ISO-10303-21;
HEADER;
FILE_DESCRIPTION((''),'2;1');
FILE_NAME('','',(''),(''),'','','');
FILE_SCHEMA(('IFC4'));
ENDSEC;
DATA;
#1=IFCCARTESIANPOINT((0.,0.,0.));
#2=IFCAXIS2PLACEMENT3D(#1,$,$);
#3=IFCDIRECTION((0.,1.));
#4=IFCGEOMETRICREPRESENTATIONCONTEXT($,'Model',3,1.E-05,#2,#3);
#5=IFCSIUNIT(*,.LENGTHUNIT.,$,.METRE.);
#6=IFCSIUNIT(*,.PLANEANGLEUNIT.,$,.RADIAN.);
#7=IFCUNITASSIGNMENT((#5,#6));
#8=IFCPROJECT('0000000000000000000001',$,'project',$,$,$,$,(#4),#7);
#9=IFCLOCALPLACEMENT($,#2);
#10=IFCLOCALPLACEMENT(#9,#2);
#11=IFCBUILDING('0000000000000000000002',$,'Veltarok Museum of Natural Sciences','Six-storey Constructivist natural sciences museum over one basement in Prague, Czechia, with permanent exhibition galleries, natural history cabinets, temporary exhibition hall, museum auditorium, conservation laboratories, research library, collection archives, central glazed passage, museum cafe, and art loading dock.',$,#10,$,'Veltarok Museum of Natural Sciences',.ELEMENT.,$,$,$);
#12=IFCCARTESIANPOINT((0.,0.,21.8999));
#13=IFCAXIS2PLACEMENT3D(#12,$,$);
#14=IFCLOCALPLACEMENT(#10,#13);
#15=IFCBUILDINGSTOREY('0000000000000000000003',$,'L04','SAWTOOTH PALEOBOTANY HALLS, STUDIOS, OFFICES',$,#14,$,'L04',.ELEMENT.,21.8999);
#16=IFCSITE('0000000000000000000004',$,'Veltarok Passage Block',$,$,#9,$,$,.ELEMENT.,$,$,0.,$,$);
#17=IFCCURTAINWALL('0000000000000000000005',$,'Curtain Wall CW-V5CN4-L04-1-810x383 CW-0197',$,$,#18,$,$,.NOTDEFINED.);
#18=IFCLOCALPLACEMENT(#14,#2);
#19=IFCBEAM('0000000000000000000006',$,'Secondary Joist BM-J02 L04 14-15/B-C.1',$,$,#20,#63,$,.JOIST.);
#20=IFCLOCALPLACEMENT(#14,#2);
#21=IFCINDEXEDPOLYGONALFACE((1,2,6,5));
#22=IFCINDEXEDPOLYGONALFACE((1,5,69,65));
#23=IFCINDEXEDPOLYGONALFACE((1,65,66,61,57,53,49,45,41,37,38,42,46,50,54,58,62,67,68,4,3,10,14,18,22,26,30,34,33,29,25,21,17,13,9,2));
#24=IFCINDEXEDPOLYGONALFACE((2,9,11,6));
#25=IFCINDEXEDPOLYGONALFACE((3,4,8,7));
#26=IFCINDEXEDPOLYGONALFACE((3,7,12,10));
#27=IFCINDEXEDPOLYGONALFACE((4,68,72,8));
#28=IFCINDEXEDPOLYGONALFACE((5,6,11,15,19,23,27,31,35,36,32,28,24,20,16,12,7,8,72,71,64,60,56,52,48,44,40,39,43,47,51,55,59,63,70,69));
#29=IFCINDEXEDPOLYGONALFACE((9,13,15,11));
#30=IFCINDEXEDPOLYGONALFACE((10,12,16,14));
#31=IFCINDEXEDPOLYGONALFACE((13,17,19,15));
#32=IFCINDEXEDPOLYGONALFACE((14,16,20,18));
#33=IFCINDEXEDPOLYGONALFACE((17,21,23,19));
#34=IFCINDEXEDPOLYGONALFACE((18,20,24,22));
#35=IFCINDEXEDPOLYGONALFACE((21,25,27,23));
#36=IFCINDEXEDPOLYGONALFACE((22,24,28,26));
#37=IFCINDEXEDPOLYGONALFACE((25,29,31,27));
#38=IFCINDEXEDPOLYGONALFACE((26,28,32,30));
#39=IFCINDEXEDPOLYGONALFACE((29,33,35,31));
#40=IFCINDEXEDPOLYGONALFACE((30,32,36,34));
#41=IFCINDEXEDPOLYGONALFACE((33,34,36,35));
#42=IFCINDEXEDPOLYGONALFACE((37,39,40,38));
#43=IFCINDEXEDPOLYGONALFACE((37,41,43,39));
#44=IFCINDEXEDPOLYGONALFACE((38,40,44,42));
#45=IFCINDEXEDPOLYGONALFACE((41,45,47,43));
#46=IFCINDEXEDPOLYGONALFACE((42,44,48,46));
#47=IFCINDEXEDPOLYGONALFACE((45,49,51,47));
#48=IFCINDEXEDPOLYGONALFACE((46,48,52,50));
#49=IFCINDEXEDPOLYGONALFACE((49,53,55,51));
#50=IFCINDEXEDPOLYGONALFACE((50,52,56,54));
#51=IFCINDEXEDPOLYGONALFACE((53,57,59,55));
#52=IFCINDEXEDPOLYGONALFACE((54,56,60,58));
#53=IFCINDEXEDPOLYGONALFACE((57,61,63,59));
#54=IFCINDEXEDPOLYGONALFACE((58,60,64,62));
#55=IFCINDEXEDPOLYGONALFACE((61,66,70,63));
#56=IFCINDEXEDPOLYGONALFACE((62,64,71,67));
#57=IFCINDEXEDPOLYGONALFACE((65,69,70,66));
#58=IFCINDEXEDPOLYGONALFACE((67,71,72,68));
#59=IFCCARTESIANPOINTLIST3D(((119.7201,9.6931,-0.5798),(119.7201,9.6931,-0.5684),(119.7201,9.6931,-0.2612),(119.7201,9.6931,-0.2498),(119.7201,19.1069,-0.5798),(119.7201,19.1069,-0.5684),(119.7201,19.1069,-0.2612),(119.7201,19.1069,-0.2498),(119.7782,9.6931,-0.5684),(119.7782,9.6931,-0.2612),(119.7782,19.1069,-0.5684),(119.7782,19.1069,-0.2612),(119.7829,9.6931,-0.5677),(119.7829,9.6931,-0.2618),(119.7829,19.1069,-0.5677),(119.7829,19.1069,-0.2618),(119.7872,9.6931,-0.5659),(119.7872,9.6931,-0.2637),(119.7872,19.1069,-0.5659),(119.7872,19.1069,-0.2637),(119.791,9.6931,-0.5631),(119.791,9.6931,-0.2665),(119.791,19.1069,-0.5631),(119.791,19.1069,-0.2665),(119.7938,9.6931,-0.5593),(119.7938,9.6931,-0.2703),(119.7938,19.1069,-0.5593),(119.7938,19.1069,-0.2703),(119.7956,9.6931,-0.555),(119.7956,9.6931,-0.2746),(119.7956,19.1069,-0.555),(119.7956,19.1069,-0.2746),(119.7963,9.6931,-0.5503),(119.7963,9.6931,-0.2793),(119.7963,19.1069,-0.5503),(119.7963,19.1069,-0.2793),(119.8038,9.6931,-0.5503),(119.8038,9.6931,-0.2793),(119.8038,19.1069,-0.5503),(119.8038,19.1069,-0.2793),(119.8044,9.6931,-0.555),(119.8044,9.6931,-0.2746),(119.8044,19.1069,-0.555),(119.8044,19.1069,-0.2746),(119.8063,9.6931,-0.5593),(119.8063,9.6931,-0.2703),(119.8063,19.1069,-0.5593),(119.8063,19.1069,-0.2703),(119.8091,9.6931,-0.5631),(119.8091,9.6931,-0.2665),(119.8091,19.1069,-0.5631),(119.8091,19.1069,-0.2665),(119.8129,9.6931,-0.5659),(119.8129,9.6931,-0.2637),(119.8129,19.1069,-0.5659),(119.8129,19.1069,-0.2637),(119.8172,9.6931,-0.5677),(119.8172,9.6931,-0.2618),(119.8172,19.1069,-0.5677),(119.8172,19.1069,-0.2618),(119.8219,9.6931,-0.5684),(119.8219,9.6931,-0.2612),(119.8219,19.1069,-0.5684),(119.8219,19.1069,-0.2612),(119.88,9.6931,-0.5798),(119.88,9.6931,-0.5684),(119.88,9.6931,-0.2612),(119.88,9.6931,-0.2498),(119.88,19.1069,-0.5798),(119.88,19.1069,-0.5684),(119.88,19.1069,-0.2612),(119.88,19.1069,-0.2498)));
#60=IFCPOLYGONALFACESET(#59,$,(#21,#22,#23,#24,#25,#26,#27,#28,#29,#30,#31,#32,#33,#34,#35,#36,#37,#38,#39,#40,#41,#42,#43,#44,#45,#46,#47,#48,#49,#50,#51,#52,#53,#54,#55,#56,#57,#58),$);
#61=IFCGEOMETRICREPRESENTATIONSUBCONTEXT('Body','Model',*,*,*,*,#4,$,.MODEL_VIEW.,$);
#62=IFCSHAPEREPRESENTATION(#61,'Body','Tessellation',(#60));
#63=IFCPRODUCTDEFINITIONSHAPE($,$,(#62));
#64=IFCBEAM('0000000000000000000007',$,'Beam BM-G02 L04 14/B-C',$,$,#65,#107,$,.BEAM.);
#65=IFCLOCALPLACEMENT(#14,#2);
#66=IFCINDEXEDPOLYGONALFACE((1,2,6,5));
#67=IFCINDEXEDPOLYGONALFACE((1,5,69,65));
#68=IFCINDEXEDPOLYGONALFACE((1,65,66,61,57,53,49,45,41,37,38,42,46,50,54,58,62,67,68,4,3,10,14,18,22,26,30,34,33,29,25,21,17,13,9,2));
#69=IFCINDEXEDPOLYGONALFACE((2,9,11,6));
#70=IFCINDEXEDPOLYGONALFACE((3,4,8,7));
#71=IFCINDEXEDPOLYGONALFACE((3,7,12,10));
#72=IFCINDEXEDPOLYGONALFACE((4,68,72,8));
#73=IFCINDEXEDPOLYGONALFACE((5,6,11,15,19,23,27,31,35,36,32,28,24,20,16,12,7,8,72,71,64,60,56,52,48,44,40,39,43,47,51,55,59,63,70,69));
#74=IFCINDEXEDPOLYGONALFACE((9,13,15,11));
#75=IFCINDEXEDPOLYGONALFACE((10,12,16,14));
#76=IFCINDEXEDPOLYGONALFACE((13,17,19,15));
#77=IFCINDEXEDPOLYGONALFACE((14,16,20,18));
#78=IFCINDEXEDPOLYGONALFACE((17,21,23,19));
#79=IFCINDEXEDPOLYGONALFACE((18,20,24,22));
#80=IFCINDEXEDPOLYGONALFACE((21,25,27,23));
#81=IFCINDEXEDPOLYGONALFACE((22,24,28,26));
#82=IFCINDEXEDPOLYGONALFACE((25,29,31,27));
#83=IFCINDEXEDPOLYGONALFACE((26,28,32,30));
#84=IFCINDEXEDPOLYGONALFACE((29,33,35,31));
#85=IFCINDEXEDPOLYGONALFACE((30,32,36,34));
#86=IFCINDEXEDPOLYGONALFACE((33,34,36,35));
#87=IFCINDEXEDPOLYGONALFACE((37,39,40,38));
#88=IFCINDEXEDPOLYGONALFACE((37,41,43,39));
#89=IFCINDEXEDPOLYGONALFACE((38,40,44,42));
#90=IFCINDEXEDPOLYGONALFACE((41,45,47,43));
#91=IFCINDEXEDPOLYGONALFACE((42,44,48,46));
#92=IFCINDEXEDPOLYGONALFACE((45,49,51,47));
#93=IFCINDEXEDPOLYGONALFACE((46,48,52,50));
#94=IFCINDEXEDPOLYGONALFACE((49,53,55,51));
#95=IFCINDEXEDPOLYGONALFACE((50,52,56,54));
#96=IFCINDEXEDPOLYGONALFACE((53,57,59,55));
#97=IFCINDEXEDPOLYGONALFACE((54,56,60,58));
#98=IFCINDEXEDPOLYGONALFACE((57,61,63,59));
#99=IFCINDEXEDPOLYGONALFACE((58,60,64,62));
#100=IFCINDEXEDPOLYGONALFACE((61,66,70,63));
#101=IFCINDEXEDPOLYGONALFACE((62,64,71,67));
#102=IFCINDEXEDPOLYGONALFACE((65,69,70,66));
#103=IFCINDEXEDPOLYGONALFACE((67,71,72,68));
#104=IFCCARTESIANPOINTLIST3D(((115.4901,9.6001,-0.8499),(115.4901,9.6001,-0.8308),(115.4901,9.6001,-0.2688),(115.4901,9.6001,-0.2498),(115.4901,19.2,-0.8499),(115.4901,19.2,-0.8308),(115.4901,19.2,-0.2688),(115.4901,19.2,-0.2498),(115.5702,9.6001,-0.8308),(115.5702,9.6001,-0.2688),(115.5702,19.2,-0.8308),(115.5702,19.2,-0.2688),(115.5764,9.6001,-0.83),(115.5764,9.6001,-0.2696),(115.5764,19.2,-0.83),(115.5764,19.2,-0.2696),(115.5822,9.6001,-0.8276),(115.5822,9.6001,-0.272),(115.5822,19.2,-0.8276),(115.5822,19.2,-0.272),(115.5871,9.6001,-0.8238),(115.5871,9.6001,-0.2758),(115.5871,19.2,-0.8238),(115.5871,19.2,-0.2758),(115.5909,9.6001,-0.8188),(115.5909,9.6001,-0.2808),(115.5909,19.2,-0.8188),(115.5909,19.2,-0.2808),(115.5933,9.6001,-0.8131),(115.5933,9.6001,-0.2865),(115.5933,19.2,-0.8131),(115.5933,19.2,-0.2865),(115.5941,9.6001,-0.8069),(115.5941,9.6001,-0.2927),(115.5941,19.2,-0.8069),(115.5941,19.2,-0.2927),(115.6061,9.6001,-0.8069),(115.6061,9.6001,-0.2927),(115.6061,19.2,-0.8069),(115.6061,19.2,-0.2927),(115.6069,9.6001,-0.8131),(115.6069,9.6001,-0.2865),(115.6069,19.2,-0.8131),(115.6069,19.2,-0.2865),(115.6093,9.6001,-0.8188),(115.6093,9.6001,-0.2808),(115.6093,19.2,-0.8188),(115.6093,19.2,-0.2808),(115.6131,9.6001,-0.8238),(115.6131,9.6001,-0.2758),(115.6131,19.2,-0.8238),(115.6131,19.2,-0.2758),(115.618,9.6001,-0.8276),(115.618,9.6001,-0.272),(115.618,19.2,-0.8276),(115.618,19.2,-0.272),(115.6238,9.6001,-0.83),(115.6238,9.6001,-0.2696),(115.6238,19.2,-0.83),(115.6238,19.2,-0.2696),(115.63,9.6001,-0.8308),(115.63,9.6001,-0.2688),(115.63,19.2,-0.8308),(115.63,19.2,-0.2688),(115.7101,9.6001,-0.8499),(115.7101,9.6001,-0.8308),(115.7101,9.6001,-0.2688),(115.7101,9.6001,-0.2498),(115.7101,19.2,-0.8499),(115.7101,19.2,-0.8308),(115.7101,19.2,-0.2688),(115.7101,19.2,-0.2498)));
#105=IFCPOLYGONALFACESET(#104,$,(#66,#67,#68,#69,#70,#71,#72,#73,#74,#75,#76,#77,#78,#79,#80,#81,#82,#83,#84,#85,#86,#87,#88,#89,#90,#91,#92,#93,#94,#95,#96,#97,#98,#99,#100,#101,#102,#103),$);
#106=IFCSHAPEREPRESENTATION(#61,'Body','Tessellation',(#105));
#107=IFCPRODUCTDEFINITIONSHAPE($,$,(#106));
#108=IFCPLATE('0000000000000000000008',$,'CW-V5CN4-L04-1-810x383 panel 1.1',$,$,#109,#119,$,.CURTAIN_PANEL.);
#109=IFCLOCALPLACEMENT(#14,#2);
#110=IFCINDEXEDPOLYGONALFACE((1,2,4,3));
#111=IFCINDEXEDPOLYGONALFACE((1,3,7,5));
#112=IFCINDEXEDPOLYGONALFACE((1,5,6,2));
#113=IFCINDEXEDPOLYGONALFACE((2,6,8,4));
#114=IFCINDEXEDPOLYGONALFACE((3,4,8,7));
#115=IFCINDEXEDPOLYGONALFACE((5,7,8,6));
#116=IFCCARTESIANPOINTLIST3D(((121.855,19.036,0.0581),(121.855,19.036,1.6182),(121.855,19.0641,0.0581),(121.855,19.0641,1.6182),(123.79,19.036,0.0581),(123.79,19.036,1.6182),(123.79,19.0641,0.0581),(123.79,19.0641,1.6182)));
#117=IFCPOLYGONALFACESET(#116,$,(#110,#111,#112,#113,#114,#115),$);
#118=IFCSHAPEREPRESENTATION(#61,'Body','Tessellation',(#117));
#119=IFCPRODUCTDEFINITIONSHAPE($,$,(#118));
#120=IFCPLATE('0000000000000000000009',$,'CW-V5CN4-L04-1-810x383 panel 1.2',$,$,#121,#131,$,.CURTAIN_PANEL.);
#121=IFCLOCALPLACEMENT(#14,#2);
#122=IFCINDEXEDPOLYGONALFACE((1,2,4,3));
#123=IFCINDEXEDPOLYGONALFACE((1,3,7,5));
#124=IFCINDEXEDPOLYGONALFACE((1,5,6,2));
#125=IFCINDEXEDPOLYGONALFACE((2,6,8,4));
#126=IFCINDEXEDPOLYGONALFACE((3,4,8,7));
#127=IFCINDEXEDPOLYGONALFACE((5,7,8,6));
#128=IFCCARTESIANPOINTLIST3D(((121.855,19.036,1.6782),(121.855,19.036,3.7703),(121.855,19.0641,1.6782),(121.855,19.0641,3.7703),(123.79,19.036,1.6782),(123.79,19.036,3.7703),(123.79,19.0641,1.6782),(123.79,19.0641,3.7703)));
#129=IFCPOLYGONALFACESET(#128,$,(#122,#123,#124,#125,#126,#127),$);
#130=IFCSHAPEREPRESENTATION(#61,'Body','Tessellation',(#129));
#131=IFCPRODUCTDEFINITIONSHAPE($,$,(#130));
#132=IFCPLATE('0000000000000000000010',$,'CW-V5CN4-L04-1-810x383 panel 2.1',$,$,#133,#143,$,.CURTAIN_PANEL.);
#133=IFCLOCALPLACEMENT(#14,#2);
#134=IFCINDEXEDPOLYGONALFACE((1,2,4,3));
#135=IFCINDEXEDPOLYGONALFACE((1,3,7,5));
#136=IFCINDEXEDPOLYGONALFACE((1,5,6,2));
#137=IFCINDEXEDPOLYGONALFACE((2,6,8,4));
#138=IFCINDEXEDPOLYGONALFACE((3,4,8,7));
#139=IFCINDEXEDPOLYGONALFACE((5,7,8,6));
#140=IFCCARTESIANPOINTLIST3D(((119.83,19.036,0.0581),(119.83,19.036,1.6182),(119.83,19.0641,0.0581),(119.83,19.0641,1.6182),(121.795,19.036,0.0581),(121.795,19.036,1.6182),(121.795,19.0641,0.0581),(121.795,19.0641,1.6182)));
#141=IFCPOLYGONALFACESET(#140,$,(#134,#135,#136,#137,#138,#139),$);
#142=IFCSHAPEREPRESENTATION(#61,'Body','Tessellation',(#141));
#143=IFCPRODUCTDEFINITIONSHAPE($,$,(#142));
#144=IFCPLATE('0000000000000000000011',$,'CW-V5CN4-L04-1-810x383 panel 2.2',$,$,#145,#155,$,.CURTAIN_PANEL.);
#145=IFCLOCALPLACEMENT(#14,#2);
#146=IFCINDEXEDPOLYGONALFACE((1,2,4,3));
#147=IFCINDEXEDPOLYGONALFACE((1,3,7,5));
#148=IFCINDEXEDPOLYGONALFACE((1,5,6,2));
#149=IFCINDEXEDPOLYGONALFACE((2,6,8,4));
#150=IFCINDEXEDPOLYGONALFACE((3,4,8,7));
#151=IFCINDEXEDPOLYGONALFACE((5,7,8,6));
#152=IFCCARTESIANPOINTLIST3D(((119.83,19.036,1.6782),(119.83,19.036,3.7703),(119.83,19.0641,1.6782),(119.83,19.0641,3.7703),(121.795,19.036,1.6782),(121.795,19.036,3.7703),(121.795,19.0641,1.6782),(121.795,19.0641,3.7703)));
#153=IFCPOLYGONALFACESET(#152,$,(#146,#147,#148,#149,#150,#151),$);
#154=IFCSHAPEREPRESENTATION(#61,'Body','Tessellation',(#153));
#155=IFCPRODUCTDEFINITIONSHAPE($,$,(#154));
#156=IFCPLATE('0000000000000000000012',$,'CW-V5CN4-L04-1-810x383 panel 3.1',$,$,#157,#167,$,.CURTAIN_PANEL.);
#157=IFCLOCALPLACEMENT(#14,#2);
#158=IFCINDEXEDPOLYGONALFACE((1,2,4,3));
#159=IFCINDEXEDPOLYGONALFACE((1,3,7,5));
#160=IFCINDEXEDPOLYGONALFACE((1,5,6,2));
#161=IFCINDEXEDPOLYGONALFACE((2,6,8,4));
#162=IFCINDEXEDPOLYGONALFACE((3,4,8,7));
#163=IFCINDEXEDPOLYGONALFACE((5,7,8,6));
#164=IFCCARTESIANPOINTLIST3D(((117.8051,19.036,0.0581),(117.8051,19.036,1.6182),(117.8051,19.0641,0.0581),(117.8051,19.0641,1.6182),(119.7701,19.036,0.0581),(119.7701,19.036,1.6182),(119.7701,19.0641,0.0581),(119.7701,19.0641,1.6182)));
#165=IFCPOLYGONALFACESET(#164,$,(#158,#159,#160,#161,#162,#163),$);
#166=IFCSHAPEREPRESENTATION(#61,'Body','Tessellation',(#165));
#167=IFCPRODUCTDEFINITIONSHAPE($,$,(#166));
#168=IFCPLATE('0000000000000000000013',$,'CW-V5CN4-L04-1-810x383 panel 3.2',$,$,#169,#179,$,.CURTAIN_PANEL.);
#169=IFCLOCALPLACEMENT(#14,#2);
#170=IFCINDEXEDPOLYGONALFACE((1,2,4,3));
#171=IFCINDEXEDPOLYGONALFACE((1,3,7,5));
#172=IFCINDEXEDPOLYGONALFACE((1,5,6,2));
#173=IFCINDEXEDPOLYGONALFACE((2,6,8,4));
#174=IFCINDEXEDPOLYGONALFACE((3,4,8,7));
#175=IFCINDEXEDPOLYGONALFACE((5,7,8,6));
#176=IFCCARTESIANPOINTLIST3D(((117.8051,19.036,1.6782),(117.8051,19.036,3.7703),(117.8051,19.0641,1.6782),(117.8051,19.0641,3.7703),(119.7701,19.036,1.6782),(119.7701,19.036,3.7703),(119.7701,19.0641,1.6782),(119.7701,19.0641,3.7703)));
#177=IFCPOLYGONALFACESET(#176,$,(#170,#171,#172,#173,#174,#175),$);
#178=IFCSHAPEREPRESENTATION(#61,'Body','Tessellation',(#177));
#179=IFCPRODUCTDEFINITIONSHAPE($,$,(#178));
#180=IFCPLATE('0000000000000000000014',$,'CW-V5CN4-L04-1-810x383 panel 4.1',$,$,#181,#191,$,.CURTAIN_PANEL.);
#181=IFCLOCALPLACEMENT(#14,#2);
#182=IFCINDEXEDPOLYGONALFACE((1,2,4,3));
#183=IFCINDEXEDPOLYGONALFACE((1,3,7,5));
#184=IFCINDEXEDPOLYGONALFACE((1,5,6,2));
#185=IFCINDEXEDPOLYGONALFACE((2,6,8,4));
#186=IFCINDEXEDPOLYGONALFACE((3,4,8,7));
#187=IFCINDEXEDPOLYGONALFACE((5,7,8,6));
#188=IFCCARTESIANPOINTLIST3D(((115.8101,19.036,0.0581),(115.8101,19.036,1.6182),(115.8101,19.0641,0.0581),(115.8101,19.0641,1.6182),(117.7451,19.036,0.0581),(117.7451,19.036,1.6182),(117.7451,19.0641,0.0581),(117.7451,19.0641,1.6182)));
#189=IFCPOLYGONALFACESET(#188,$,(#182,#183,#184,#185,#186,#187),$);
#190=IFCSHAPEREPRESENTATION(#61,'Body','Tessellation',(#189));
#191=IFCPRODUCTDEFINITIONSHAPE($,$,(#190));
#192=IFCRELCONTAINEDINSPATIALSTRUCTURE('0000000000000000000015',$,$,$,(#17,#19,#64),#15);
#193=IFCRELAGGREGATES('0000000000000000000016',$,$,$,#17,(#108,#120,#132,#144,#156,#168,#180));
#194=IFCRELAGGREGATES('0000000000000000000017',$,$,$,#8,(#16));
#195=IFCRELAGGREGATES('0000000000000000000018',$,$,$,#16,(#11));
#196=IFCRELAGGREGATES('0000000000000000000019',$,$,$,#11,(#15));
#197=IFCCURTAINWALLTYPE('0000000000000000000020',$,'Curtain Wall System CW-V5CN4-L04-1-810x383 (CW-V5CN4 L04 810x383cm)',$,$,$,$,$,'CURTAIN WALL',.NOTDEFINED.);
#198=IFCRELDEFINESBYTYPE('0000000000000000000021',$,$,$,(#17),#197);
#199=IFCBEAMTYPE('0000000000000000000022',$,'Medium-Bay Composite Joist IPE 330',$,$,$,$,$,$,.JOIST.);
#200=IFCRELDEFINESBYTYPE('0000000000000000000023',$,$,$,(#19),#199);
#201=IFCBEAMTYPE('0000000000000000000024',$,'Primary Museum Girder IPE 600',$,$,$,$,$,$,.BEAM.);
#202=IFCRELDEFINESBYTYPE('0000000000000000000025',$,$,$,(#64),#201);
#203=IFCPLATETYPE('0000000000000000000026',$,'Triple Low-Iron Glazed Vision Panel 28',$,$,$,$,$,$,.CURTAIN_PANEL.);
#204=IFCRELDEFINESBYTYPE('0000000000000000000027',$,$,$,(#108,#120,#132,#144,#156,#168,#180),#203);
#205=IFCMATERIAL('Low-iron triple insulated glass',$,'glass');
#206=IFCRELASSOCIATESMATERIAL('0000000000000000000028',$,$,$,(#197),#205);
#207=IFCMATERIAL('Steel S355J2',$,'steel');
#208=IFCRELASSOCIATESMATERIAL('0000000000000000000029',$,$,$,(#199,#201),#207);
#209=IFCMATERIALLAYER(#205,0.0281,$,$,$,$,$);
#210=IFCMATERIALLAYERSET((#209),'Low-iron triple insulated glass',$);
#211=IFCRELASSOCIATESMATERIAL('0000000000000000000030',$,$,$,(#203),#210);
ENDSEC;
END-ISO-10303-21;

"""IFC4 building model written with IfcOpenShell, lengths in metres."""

from ifc_helpers import new_model, si_unit, direction, frame, origin, origin_2d, place, context, subcontext, project, spatial, rectangle, i_section, extrude, material, layer, layer_set, material_profile, profile_set, type_object, element, aggregate, save


model = new_model("IFC4")

# Units and contexts
model_context = context("Model", 3, precision=1e-05, world=origin(), true_north=direction((0.0, 1.0)))
body_context = subcontext(model_context, "Body", "Model", "MODEL_VIEW")
ifc_project = project(units=[si_unit("LENGTHUNIT", "METRE"), si_unit("PLANEANGLEUNIT", "RADIAN")], contexts=[model_context])

# Site, building, storey
site_placement = place(None, origin())
site = spatial("IfcSite", under=ifc_project, at=site_placement, Name="Veltarok Passage Block", CompositionType="ELEMENT", RefElevation=0.0)
building_placement = place(site_placement, origin())
building = spatial("IfcBuilding", under=site, at=building_placement, Name="Veltarok Museum of Natural Sciences", Description="Six-storey Constructivist natural sciences museum over one basement in Prague, Czechia, with permanent exhibition galleries, natural history cabinets, temporary exhibition hall, museum auditorium, conservation laboratories, research library, collection archives, central glazed passage, museum cafe, and art loading dock.", LongName="Veltarok Museum of Natural Sciences", CompositionType="ELEMENT")
storey_placement = place(building_placement, frame((0.0, 0.0, 21.8999)))
storey = spatial("IfcBuildingStorey", under=building, at=storey_placement, Name="L04", Description="SAWTOOTH PALEOBOTANY HALLS, STUDIOS, OFFICES", LongName="L04", CompositionType="ELEMENT", Elevation=21.8999)

# Curtain wall
ifc_material_1 = material(Name="Low-iron triple insulated glass", Category="glass")
curtain_wall_type = type_object("IfcCurtainWallType", Name="Curtain Wall System CW-V5CN4-L04-1-810x383 (CW-V5CN4 L04 810x383cm)", ElementType="CURTAIN WALL", PredefinedType="NOTDEFINED", material=ifc_material_1)
curtain_wall_placement = place(storey_placement, origin())
curtain_wall = element("IfcCurtainWall", 1, at=curtain_wall_placement, inside=storey, type_object=curtain_wall_type, Name="Curtain Wall CW-V5CN4-L04-1-810x383 CW-0197", PredefinedType="NOTDEFINED")

# Beams
ifc_material_2 = material(Name="Steel S355J2", Category="steel")
ifc_material_profile_1 = material_profile(ifc_material_2, i_section(OverallWidth=0.1599, OverallDepth=0.3301, WebThickness=0.0076, FlangeThickness=0.0115, FilletRadius=0.0181, at=origin_2d()), Name="IPE 330")
ifc_profile_set_1 = profile_set([ifc_material_profile_1], Name="Steel S355J2")
beam_type_1 = type_object("IfcBeamType", Name="Medium-Bay Composite Joist IPE 330", PredefinedType="JOIST", material=ifc_profile_set_1)
beam_1_placement = place(storey_placement, frame((119.8, 9.6931, -0.4148), z_axis=(0.0, 1.0, 0.0), x_axis=(-1.0, 0.0, 0.0)))
element("IfcBeam", 2, at=beam_1_placement, inside=storey, type_object=beam_type_1, Name="Secondary Joist BM-J02 L04 14-15/B-C.1", PredefinedType="JOIST", context=body_context, shape_type="SweptSolid", body=[
    extrude(i_section(OverallWidth=0.1599, OverallDepth=0.3301, WebThickness=0.0076, FlangeThickness=0.0115, FilletRadius=0.0181, at=origin_2d()), origin(), (0.0, 0.0, 1.0), 9.4138),
])
ifc_material_profile_2 = material_profile(ifc_material_2, i_section(OverallWidth=0.22, OverallDepth=0.6001, WebThickness=0.012, FlangeThickness=0.019, FilletRadius=0.0239, at=origin_2d()), Name="IPE 600")
ifc_profile_set_2 = profile_set([ifc_material_profile_2], Name="Steel S355J2")
beam_type_2 = type_object("IfcBeamType", Name="Primary Museum Girder IPE 600", PredefinedType="BEAM", material=ifc_profile_set_2)
beam_2_placement = place(storey_placement, frame((115.6001, 9.6001, -0.5498), z_axis=(0.0, 1.0, 0.0), x_axis=(-1.0, 0.0, 0.0)))
element("IfcBeam", 3, at=beam_2_placement, inside=storey, type_object=beam_type_2, Name="Beam BM-G02 L04 14/B-C", PredefinedType="BEAM", context=body_context, shape_type="SweptSolid", body=[
    extrude(i_section(OverallWidth=0.22, OverallDepth=0.6001, WebThickness=0.012, FlangeThickness=0.019, FilletRadius=0.0239, at=origin_2d()), origin(), (0.0, 0.0, 1.0), 9.5999),
])

# Plates
ifc_layer = layer(ifc_material_1, 0.0281)
ifc_layer_set = layer_set([ifc_layer], Name="Low-iron triple insulated glass")
plate_type = type_object("IfcPlateType", Name="Triple Low-Iron Glazed Vision Panel 28", PredefinedType="CURTAIN_PANEL", material=ifc_layer_set)
plate_1_placement = place(storey_placement, frame((122.8225, 19.05, 0.0581), z_axis=(0.0, 0.0, 1.0), x_axis=(-1.0, 0.0, 0.0)))
plate_1 = element("IfcPlate", 4, at=plate_1_placement, type_object=plate_type, Name="CW-V5CN4-L04-1-810x383 panel 1.1", PredefinedType="CURTAIN_PANEL", context=body_context, shape_type="SweptSolid", body=[
    extrude(rectangle(XDim=1.9351, YDim=0.0281, at=origin_2d()), origin(), (0.0, 0.0, 1.0), 1.5601),
])
plate_2_placement = place(storey_placement, frame((122.8225, 19.05, 1.6782), z_axis=(0.0, 0.0, 1.0), x_axis=(-1.0, 0.0, 0.0)))
plate_2 = element("IfcPlate", 5, at=plate_2_placement, type_object=plate_type, Name="CW-V5CN4-L04-1-810x383 panel 1.2", PredefinedType="CURTAIN_PANEL", context=body_context, shape_type="SweptSolid", body=[
    extrude(rectangle(XDim=1.9351, YDim=0.0281, at=origin_2d()), origin(), (0.0, 0.0, 1.0), 2.092),
])
plate_3_placement = place(storey_placement, frame((120.8125, 19.05, 0.0581), z_axis=(0.0, 0.0, 1.0), x_axis=(-1.0, 0.0, 0.0)))
plate_3 = element("IfcPlate", 6, at=plate_3_placement, type_object=plate_type, Name="CW-V5CN4-L04-1-810x383 panel 2.1", PredefinedType="CURTAIN_PANEL", context=body_context, shape_type="SweptSolid", body=[
    extrude(rectangle(XDim=1.9651, YDim=0.0281, at=origin_2d()), origin(), (0.0, 0.0, 1.0), 1.5601),
])
plate_4_placement = place(storey_placement, frame((120.8125, 19.05, 1.6782), z_axis=(0.0, 0.0, 1.0), x_axis=(-1.0, 0.0, 0.0)))
plate_4 = element("IfcPlate", 7, at=plate_4_placement, type_object=plate_type, Name="CW-V5CN4-L04-1-810x383 panel 2.2", PredefinedType="CURTAIN_PANEL", context=body_context, shape_type="SweptSolid", body=[
    extrude(rectangle(XDim=1.9651, YDim=0.0281, at=origin_2d()), origin(), (0.0, 0.0, 1.0), 2.092),
])
plate_5_placement = place(storey_placement, frame((118.7876, 19.05, 0.0581), z_axis=(0.0, 0.0, 1.0), x_axis=(-1.0, 0.0, 0.0)))
plate_5 = element("IfcPlate", 8, at=plate_5_placement, type_object=plate_type, Name="CW-V5CN4-L04-1-810x383 panel 3.1", PredefinedType="CURTAIN_PANEL", context=body_context, shape_type="SweptSolid", body=[
    extrude(rectangle(XDim=1.9651, YDim=0.0281, at=origin_2d()), origin(), (0.0, 0.0, 1.0), 1.5601),
])
plate_6_placement = place(storey_placement, frame((118.7876, 19.05, 1.6782), z_axis=(0.0, 0.0, 1.0), x_axis=(-1.0, 0.0, 0.0)))
plate_6 = element("IfcPlate", 9, at=plate_6_placement, type_object=plate_type, Name="CW-V5CN4-L04-1-810x383 panel 3.2", PredefinedType="CURTAIN_PANEL", context=body_context, shape_type="SweptSolid", body=[
    extrude(rectangle(XDim=1.9651, YDim=0.0281, at=origin_2d()), origin(), (0.0, 0.0, 1.0), 2.092),
])
plate_7_placement = place(storey_placement, frame((116.7776, 19.05, 0.0581), z_axis=(0.0, 0.0, 1.0), x_axis=(-1.0, 0.0, 0.0)))
plate_7 = element("IfcPlate", 10, at=plate_7_placement, type_object=plate_type, Name="CW-V5CN4-L04-1-810x383 panel 4.1", PredefinedType="CURTAIN_PANEL", context=body_context, shape_type="SweptSolid", body=[
    extrude(rectangle(XDim=1.9351, YDim=0.0281, at=origin_2d()), origin(), (0.0, 0.0, 1.0), 1.5601),
])
aggregate(curtain_wall, [plate_1, plate_2, plate_3, plate_4, plate_5, plate_6, plate_7])

save(model, "model.ifc")
